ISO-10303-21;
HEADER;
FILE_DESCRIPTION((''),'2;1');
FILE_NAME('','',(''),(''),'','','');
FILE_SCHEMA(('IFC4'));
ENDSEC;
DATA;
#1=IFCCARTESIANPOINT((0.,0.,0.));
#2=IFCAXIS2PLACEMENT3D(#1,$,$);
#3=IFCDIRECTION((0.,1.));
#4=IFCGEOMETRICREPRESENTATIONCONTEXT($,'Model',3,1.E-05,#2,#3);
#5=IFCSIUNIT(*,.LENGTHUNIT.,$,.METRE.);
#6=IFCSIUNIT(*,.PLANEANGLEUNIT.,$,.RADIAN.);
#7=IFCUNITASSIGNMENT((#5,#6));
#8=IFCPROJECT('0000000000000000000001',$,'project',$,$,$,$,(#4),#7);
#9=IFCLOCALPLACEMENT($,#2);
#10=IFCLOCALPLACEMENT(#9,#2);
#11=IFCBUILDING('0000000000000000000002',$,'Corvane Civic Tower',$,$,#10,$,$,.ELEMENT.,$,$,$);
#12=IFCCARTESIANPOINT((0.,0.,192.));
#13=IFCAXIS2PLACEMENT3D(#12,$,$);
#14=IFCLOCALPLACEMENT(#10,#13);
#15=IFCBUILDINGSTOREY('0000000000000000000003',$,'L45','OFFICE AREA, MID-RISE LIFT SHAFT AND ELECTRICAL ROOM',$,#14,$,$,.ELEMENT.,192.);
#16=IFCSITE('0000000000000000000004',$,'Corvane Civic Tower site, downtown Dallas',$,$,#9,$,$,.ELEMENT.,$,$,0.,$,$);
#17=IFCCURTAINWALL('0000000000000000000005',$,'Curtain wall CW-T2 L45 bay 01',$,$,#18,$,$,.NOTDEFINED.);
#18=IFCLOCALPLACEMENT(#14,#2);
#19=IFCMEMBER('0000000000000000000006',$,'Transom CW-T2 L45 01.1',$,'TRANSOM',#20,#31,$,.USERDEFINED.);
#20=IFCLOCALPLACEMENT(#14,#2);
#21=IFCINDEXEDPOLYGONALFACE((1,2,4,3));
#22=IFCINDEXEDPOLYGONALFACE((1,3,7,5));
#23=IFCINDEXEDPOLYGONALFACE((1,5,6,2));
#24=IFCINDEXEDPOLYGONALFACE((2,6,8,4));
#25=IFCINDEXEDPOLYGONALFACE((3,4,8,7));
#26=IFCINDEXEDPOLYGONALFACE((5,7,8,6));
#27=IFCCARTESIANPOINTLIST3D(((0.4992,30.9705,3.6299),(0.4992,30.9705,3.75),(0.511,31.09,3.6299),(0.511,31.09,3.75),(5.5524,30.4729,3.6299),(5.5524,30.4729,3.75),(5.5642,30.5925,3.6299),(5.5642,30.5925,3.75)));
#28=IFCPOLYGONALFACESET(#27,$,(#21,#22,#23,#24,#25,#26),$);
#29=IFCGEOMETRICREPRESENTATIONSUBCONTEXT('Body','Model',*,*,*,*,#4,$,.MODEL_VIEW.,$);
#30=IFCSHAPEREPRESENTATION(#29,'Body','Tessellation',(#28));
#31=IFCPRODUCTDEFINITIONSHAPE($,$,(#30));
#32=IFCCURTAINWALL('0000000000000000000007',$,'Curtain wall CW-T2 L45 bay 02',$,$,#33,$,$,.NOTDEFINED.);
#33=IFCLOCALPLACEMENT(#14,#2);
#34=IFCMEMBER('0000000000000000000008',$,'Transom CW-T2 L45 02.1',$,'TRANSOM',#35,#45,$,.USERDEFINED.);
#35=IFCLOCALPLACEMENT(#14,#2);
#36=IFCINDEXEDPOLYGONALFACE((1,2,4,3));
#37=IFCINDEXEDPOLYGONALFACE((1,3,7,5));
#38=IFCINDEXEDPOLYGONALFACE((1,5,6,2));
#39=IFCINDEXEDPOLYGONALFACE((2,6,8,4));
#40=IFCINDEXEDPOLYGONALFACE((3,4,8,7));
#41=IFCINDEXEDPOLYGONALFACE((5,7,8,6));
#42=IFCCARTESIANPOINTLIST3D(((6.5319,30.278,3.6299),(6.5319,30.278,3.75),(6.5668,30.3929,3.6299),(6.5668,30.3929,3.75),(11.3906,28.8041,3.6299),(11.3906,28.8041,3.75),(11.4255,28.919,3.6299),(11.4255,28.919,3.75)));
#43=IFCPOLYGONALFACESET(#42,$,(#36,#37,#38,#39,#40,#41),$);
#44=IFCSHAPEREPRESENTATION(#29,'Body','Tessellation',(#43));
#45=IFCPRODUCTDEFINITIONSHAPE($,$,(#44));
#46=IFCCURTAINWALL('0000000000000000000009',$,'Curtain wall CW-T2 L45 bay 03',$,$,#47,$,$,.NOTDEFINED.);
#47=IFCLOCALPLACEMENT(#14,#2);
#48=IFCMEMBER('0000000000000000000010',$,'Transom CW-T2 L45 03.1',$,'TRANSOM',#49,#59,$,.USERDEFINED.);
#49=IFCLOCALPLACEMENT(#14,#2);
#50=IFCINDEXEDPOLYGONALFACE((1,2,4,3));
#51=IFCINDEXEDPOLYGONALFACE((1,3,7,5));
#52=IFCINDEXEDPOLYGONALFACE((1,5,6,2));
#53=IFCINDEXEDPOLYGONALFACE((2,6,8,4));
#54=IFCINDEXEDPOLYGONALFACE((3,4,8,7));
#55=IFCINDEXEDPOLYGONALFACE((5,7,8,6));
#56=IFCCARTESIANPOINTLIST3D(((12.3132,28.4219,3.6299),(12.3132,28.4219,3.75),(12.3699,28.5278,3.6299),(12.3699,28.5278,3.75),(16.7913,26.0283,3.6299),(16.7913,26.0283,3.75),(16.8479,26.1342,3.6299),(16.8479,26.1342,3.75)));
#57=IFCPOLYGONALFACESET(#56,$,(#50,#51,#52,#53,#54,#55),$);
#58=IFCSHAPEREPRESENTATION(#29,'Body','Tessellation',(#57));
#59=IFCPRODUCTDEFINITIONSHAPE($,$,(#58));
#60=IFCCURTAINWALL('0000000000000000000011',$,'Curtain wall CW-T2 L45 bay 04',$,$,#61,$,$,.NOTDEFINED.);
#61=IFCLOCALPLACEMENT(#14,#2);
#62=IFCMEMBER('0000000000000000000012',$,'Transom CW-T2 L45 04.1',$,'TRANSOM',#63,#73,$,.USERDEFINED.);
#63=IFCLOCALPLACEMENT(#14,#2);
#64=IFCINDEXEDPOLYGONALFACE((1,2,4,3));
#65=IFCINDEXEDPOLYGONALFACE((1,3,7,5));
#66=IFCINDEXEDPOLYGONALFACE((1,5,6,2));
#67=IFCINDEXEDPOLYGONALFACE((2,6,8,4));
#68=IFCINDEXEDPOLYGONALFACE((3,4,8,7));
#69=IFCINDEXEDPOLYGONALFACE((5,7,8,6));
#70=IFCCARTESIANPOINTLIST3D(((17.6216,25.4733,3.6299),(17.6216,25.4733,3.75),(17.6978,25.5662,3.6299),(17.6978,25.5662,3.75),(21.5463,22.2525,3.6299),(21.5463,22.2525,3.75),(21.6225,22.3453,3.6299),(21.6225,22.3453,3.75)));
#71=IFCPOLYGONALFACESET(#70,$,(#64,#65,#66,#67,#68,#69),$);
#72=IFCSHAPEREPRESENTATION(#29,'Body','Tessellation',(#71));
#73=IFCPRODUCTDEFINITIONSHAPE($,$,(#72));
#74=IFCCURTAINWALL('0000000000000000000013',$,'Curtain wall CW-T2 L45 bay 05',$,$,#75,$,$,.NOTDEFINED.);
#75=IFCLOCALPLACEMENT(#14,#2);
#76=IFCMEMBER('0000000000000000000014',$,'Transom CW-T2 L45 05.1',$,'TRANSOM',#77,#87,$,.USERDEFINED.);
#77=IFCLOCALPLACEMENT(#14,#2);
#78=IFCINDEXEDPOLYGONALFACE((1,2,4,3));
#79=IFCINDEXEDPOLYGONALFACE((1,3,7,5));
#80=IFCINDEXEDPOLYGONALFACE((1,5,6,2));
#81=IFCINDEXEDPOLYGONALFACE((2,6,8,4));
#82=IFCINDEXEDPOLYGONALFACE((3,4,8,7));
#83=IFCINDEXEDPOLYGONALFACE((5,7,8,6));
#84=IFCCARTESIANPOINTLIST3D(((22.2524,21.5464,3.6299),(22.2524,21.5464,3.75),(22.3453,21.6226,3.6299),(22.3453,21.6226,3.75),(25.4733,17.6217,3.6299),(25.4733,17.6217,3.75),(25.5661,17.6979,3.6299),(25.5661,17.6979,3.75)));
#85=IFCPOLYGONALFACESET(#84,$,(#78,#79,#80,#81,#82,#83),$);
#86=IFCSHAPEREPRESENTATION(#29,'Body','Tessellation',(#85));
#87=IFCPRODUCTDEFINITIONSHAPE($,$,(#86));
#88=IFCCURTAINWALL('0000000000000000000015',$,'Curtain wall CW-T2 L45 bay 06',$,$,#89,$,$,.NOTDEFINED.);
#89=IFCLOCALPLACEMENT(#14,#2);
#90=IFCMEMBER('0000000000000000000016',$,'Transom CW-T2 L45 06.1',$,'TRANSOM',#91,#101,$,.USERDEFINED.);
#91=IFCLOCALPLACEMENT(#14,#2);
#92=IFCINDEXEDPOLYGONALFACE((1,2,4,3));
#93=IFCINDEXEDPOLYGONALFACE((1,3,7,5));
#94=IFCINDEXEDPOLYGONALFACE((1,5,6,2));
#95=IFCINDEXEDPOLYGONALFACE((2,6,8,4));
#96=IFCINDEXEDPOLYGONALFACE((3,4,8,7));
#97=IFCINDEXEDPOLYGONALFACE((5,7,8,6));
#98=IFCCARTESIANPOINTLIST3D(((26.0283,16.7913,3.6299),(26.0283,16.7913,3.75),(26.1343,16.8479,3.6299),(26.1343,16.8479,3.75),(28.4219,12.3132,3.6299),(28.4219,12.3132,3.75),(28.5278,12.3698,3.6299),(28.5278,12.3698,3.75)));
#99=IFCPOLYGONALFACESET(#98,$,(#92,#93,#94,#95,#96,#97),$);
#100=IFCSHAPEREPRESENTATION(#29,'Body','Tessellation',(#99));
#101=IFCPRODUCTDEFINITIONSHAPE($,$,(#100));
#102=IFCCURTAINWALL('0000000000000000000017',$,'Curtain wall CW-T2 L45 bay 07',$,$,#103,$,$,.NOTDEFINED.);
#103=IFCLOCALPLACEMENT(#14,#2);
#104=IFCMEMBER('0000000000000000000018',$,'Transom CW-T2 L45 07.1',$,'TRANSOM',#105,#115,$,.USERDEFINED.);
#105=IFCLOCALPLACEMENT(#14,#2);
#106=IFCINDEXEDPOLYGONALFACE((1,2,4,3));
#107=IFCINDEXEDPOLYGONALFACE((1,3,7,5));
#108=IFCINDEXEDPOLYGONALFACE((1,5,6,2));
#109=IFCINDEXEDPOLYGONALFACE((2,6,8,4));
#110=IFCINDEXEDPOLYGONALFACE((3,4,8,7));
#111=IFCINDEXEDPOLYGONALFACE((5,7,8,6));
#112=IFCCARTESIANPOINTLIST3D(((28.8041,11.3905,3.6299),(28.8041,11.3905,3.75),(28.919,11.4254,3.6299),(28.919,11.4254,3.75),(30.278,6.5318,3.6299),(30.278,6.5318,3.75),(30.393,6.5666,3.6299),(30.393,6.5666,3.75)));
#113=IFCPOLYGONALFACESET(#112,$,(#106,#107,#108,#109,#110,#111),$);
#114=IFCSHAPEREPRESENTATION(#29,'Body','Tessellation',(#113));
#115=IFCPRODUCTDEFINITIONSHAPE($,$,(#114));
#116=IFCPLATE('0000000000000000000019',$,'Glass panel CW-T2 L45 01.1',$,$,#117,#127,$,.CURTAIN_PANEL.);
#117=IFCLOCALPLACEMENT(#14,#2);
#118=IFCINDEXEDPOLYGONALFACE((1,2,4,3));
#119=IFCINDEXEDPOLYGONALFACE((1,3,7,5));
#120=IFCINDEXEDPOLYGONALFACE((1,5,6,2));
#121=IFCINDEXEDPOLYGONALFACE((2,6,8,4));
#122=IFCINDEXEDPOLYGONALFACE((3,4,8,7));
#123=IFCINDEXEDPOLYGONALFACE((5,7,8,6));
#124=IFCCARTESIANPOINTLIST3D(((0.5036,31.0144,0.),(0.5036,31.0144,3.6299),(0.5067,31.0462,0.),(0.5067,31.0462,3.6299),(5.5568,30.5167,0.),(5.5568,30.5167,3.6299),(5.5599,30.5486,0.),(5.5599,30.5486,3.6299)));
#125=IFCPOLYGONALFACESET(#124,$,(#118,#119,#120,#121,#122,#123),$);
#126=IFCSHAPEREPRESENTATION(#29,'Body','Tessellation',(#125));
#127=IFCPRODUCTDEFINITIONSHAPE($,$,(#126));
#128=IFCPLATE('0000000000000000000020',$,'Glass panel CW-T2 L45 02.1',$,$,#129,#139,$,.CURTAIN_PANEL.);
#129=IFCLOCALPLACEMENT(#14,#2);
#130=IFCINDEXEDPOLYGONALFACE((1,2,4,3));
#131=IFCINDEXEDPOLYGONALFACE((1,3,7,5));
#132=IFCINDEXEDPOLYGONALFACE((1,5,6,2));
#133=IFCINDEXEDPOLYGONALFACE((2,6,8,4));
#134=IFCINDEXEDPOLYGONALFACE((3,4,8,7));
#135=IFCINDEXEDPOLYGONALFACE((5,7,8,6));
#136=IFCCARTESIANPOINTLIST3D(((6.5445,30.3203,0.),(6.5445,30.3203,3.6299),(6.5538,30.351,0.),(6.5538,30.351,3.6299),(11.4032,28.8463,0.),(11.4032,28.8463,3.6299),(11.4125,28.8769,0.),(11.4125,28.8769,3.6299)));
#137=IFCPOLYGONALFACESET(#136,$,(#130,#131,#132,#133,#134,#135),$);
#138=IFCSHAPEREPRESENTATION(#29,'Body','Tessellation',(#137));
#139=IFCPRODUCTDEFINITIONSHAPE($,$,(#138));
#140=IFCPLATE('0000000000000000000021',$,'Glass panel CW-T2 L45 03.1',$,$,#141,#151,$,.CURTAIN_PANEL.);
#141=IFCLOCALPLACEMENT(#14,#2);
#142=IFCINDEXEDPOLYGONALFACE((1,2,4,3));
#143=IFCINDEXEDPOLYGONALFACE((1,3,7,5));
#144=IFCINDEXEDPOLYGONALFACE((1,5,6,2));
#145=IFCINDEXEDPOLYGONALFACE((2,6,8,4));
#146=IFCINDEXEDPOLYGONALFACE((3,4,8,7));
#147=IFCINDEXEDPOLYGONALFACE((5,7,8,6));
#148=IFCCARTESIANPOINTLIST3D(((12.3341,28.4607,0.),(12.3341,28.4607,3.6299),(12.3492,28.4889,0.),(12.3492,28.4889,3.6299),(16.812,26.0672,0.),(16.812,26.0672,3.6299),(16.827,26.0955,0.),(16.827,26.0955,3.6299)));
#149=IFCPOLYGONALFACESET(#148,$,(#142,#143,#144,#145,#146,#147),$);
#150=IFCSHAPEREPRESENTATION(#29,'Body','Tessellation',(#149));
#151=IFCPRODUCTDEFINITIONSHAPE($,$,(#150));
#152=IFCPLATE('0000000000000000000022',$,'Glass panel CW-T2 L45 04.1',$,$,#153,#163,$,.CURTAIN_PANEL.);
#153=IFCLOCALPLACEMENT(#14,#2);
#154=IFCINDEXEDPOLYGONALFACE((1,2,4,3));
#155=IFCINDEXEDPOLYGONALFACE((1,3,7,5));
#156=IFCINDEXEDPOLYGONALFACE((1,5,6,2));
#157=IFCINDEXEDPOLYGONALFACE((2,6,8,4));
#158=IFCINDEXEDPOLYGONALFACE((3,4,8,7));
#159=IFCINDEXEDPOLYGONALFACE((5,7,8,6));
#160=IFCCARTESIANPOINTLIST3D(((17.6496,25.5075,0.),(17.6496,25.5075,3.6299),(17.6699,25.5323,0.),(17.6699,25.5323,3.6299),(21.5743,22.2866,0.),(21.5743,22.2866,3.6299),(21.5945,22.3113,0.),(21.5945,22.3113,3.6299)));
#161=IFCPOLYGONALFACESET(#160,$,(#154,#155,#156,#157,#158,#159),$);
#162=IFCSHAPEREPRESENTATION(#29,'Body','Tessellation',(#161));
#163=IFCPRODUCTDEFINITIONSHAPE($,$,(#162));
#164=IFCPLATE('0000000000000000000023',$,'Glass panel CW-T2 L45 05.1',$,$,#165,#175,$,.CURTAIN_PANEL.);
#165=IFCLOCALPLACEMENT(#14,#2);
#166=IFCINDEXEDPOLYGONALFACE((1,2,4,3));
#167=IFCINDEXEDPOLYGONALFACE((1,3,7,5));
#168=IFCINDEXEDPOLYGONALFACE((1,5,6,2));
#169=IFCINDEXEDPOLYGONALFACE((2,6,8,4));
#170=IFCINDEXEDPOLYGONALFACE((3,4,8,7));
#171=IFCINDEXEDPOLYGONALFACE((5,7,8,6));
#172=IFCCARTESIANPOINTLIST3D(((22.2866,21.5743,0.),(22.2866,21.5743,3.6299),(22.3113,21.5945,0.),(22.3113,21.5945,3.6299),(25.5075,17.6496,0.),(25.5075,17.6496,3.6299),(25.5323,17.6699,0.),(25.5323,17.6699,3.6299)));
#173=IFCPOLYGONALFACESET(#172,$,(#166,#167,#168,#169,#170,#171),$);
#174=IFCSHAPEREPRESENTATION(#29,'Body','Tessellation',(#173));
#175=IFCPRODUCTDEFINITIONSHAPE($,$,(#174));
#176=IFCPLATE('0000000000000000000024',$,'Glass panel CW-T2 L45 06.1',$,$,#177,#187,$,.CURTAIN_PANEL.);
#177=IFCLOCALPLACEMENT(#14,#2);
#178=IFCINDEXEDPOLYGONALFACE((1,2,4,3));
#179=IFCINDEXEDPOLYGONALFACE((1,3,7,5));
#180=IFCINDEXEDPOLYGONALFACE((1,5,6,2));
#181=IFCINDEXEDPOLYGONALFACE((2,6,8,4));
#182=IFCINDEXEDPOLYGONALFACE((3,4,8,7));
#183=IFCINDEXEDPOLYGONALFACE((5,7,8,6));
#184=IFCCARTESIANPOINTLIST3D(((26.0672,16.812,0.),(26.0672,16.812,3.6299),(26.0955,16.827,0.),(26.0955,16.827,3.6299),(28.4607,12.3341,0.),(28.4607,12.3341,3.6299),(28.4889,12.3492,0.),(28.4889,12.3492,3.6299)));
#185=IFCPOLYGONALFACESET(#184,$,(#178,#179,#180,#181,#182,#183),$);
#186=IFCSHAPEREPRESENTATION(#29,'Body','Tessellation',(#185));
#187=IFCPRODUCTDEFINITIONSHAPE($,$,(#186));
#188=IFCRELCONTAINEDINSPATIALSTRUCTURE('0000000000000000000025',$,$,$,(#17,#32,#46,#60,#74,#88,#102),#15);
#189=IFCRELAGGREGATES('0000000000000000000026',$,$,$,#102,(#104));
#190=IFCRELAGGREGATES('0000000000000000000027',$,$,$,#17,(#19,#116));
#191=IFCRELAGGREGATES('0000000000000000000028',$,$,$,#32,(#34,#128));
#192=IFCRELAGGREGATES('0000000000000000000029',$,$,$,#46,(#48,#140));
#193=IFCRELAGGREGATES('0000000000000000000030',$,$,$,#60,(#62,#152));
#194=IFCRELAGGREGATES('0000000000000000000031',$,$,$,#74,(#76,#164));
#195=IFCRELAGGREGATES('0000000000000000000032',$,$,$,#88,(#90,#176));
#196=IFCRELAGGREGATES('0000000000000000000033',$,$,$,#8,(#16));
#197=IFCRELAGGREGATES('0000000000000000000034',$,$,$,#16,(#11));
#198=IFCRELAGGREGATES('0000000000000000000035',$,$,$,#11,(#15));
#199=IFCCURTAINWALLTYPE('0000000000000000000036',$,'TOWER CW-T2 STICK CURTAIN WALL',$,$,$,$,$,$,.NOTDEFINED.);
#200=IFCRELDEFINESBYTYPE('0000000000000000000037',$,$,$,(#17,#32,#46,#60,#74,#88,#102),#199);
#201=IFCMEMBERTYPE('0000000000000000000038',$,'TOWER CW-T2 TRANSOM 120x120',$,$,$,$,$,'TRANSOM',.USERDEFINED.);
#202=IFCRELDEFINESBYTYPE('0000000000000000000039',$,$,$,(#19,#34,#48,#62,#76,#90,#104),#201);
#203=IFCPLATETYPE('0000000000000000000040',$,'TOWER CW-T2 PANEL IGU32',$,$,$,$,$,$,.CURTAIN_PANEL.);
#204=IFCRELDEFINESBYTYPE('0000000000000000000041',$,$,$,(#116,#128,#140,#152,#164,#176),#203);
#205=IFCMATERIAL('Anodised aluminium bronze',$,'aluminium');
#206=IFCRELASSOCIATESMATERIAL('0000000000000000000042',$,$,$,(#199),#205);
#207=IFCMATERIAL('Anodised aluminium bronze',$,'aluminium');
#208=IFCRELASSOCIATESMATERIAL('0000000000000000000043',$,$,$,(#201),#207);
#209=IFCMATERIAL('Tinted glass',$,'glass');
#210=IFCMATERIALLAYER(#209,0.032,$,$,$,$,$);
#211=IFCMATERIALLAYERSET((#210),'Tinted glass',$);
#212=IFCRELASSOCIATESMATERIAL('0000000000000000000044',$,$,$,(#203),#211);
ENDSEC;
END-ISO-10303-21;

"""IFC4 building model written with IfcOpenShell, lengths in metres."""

from ifc_helpers import new_model, si_unit, direction, frame, origin, origin_2d, place, context, subcontext, project, spatial, rectangle, extrude, material, layer, layer_set, material_profile, profile_set, type_object, element, aggregate, save


model = new_model("IFC4")

# Units and contexts
model_context = context("Model", 3, precision=1e-05, world=origin(), true_north=direction((0.0, 1.0)))
body_context = subcontext(model_context, "Body", "Model", "MODEL_VIEW")
ifc_project = project(units=[si_unit("LENGTHUNIT", "METRE"), si_unit("PLANEANGLEUNIT", "RADIAN")], contexts=[model_context])

# Site, building, storey
site_placement = place(None, origin())
site = spatial("IfcSite", under=ifc_project, at=site_placement, Name="Corvane Civic Tower site, downtown Dallas", CompositionType="ELEMENT", RefElevation=0.0)
building_placement = place(site_placement, origin())
building = spatial("IfcBuilding", under=site, at=building_placement, Name="Corvane Civic Tower", CompositionType="ELEMENT")
storey_placement = place(building_placement, frame((0.0, 0.0, 192.0)))
storey = spatial("IfcBuildingStorey", under=building, at=storey_placement, Name="L45", Description="OFFICE AREA, MID-RISE LIFT SHAFT AND ELECTRICAL ROOM", CompositionType="ELEMENT", Elevation=192.0)

# Curtain walls, members
ifc_material_1 = material(Name="Anodised aluminium bronze", Category="aluminium")
curtain_wall_type = type_object("IfcCurtainWallType", Name="TOWER CW-T2 STICK CURTAIN WALL", PredefinedType="NOTDEFINED", material=ifc_material_1)
curtain_wall_1_placement = place(storey_placement, origin())
curtain_wall_1 = element("IfcCurtainWall", 1, at=curtain_wall_1_placement, inside=storey, type_object=curtain_wall_type, Name="Curtain wall CW-T2 L45 bay 01", PredefinedType="NOTDEFINED")
ifc_material_2 = material(Name="Anodised aluminium bronze", Category="aluminium")
ifc_material_profile_1 = material_profile(ifc_material_2, rectangle(XDim=0.1201, YDim=0.1201, at=origin_2d()), Name="TOWER CW-T2 TRANSOM 120x120")
ifc_profile_set_1 = profile_set([ifc_material_profile_1], Name="Anodised aluminium bronze")
member_type = type_object("IfcMemberType", Name="TOWER CW-T2 TRANSOM 120x120", ElementType="TRANSOM", PredefinedType="USERDEFINED", material=ifc_profile_set_1)
member_1_placement = place(storey_placement, frame((0.5051, 31.0303, 3.6899), z_axis=(0.995187, -0.09799, 0.0), x_axis=(0.09799, 0.995187, 0.0)))
member_1 = element("IfcMember", 2, at=member_1_placement, type_object=member_type, Name="Transom CW-T2 L45 01.1", ObjectType="TRANSOM", PredefinedType="USERDEFINED", context=body_context, shape_type="SweptSolid", body=[
    extrude(rectangle(XDim=0.1201, YDim=0.1201, at=origin_2d()), origin(), (0.0, 0.0, 1.0), 5.0776),
])
curtain_wall_2_placement = place(storey_placement, origin())
curtain_wall_2 = element("IfcCurtainWall", 3, at=curtain_wall_2_placement, inside=storey, type_object=curtain_wall_type, Name="Curtain wall CW-T2 L45 bay 02", PredefinedType="NOTDEFINED")
member_2_placement = place(storey_placement, frame((6.5493, 30.3354, 3.6899), z_axis=(0.956939, -0.290289, 0.0), x_axis=(0.290289, 0.956939, 0.0)))
member_2 = element("IfcMember", 4, at=member_2_placement, type_object=member_type, Name="Transom CW-T2 L45 02.1", ObjectType="TRANSOM", PredefinedType="USERDEFINED", context=body_context, shape_type="SweptSolid", body=[
    extrude(rectangle(XDim=0.1201, YDim=0.1201, at=origin_2d()), origin(), (0.0, 0.0, 1.0), 5.0774),
])
curtain_wall_3_placement = place(storey_placement, origin())
curtain_wall_3 = element("IfcCurtainWall", 5, at=curtain_wall_3_placement, inside=storey, type_object=curtain_wall_type, Name="Curtain wall CW-T2 L45 bay 03", PredefinedType="NOTDEFINED")
member_3_placement = place(storey_placement, frame((12.3416, 28.4749, 3.6899), z_axis=(0.881921, -0.471397, 0.0), x_axis=(0.471397, 0.881921, 0.0)))
member_3 = element("IfcMember", 6, at=member_3_placement, type_object=member_type, Name="Transom CW-T2 L45 03.1", ObjectType="TRANSOM", PredefinedType="USERDEFINED", context=body_context, shape_type="SweptSolid", body=[
    extrude(rectangle(XDim=0.1201, YDim=0.1201, at=origin_2d()), origin(), (0.0, 0.0, 1.0), 5.0776),
])
curtain_wall_4_placement = place(storey_placement, origin())
curtain_wall_4 = element("IfcCurtainWall", 7, at=curtain_wall_4_placement, inside=storey, type_object=curtain_wall_type, Name="Curtain wall CW-T2 L45 bay 04", PredefinedType="NOTDEFINED")
member_4_placement = place(storey_placement, frame((17.6597, 25.5198, 3.6899), z_axis=(0.773016, -0.634387, 0.0), x_axis=(0.634387, 0.773016, 0.0)))
member_4 = element("IfcMember", 8, at=member_4_placement, type_object=member_type, Name="Transom CW-T2 L45 04.1", ObjectType="TRANSOM", PredefinedType="USERDEFINED", context=body_context, shape_type="SweptSolid", body=[
    extrude(rectangle(XDim=0.1201, YDim=0.1201, at=origin_2d()), origin(), (0.0, 0.0, 1.0), 5.0771),
])
curtain_wall_5_placement = place(storey_placement, origin())
curtain_wall_5 = element("IfcCurtainWall", 9, at=curtain_wall_5_placement, inside=storey, type_object=curtain_wall_type, Name="Curtain wall CW-T2 L45 bay 05", PredefinedType="NOTDEFINED")
member_5_placement = place(storey_placement, frame((22.2988, 21.5845, 3.6899), z_axis=(0.634387, -0.773016, 0.0), x_axis=(0.773016, 0.634387, 0.0)))
member_5 = element("IfcMember", 10, at=member_5_placement, type_object=member_type, Name="Transom CW-T2 L45 05.1", ObjectType="TRANSOM", PredefinedType="USERDEFINED", context=body_context, shape_type="SweptSolid", body=[
    extrude(rectangle(XDim=0.1201, YDim=0.1201, at=origin_2d()), origin(), (0.0, 0.0, 1.0), 5.0771),
])
curtain_wall_6_placement = place(storey_placement, origin())
curtain_wall_6 = element("IfcCurtainWall", 11, at=curtain_wall_6_placement, inside=storey, type_object=curtain_wall_type, Name="Curtain wall CW-T2 L45 bay 06", PredefinedType="NOTDEFINED")
member_6_placement = place(storey_placement, frame((26.0813, 16.8196, 3.6899), z_axis=(0.471397, -0.881921, 0.0), x_axis=(0.881921, 0.471397, 0.0)))
member_6 = element("IfcMember", 12, at=member_6_placement, type_object=member_type, Name="Transom CW-T2 L45 06.1", ObjectType="TRANSOM", PredefinedType="USERDEFINED", context=body_context, shape_type="SweptSolid", body=[
    extrude(rectangle(XDim=0.1201, YDim=0.1201, at=origin_2d()), origin(), (0.0, 0.0, 1.0), 5.0776),
])
curtain_wall_7_placement = place(storey_placement, origin())
curtain_wall_7 = element("IfcCurtainWall", 13, at=curtain_wall_7_placement, inside=storey, type_object=curtain_wall_type, Name="Curtain wall CW-T2 L45 bay 07", PredefinedType="NOTDEFINED")
member_7_placement = place(storey_placement, frame((28.8616, 11.408, 3.6899), z_axis=(0.290289, -0.956939, 0.0), x_axis=(0.956939, 0.290289, 0.0)))
member_7 = element("IfcMember", 14, at=member_7_placement, type_object=member_type, Name="Transom CW-T2 L45 07.1", ObjectType="TRANSOM", PredefinedType="USERDEFINED", context=body_context, shape_type="SweptSolid", body=[
    extrude(rectangle(XDim=0.1201, YDim=0.1201, at=origin_2d()), origin(), (0.0, 0.0, 1.0), 5.0774),
])
aggregate(curtain_wall_7, [member_7])

# Plates
ifc_material_3 = material(Name="Tinted glass", Category="glass")
ifc_layer_1 = layer(ifc_material_3, 0.032)
ifc_layer_set_1 = layer_set([ifc_layer_1], Name="Tinted glass")
plate_type = type_object("IfcPlateType", Name="TOWER CW-T2 PANEL IGU32", PredefinedType="CURTAIN_PANEL", material=ifc_layer_set_1)
plate_1_placement = place(storey_placement, frame((3.0317, 30.7815, 0.0), z_axis=(0.0, 0.0, 1.0), x_axis=(0.995185, -0.098012, 0.0)))
plate_1 = element("IfcPlate", 15, at=plate_1_placement, type_object=plate_type, Name="Glass panel CW-T2 L45 01.1", PredefinedType="CURTAIN_PANEL", context=body_context, shape_type="SweptSolid", body=[
    extrude(rectangle(XDim=5.0776, YDim=0.032, at=origin_2d()), origin(), (0.0, 0.0, 1.0), 3.6299),
])
aggregate(curtain_wall_1, [member_1, plate_1])
plate_2_placement = place(storey_placement, frame((8.9785, 29.5986, 0.0), z_axis=(0.0, 0.0, 1.0), x_axis=(0.956932, -0.290313, 0.0)))
plate_2 = element("IfcPlate", 16, at=plate_2_placement, type_object=plate_type, Name="Glass panel CW-T2 L45 02.1", PredefinedType="CURTAIN_PANEL", context=body_context, shape_type="SweptSolid", body=[
    extrude(rectangle(XDim=5.0774, YDim=0.032, at=origin_2d()), origin(), (0.0, 0.0, 1.0), 3.6299),
])
aggregate(curtain_wall_2, [member_2, plate_2])
plate_3_placement = place(storey_placement, frame((14.5806, 27.2781, 0.0), z_axis=(0.0, 0.0, 1.0), x_axis=(0.881922, -0.471395, 0.0)))
plate_3 = element("IfcPlate", 17, at=plate_3_placement, type_object=plate_type, Name="Glass panel CW-T2 L45 03.1", PredefinedType="CURTAIN_PANEL", context=body_context, shape_type="SweptSolid", body=[
    extrude(rectangle(XDim=5.0774, YDim=0.032, at=origin_2d()), origin(), (0.0, 0.0, 1.0), 3.6299),
])
aggregate(curtain_wall_3, [member_3, plate_3])
plate_4_placement = place(storey_placement, frame((19.6221, 23.9094, 0.0), z_axis=(0.0, 0.0, 1.0), x_axis=(0.773005, -0.6344, 0.0)))
plate_4 = element("IfcPlate", 18, at=plate_4_placement, type_object=plate_type, Name="Glass panel CW-T2 L45 04.1", PredefinedType="CURTAIN_PANEL", context=body_context, shape_type="SweptSolid", body=[
    extrude(rectangle(XDim=5.0771, YDim=0.032, at=origin_2d()), origin(), (0.0, 0.0, 1.0), 3.6299),
])
aggregate(curtain_wall_4, [member_4, plate_4])
plate_5_placement = place(storey_placement, frame((23.9094, 19.6221, 0.0), z_axis=(0.0, 0.0, 1.0), x_axis=(0.6344, -0.773005, 0.0)))
plate_5 = element("IfcPlate", 19, at=plate_5_placement, type_object=plate_type, Name="Glass panel CW-T2 L45 05.1", PredefinedType="CURTAIN_PANEL", context=body_context, shape_type="SweptSolid", body=[
    extrude(rectangle(XDim=5.0771, YDim=0.032, at=origin_2d()), origin(), (0.0, 0.0, 1.0), 3.6299),
])
aggregate(curtain_wall_5, [member_5, plate_5])
plate_6_placement = place(storey_placement, frame((27.2781, 14.5806, 0.0), z_axis=(0.0, 0.0, 1.0), x_axis=(0.471395, -0.881922, 0.0)))
plate_6 = element("IfcPlate", 20, at=plate_6_placement, type_object=plate_type, Name="Glass panel CW-T2 L45 06.1", PredefinedType="CURTAIN_PANEL", context=body_context, shape_type="SweptSolid", body=[
    extrude(rectangle(XDim=5.0774, YDim=0.032, at=origin_2d()), origin(), (0.0, 0.0, 1.0), 3.6299),
])
aggregate(curtain_wall_6, [member_6, plate_6])

save(model, "model.ifc")
